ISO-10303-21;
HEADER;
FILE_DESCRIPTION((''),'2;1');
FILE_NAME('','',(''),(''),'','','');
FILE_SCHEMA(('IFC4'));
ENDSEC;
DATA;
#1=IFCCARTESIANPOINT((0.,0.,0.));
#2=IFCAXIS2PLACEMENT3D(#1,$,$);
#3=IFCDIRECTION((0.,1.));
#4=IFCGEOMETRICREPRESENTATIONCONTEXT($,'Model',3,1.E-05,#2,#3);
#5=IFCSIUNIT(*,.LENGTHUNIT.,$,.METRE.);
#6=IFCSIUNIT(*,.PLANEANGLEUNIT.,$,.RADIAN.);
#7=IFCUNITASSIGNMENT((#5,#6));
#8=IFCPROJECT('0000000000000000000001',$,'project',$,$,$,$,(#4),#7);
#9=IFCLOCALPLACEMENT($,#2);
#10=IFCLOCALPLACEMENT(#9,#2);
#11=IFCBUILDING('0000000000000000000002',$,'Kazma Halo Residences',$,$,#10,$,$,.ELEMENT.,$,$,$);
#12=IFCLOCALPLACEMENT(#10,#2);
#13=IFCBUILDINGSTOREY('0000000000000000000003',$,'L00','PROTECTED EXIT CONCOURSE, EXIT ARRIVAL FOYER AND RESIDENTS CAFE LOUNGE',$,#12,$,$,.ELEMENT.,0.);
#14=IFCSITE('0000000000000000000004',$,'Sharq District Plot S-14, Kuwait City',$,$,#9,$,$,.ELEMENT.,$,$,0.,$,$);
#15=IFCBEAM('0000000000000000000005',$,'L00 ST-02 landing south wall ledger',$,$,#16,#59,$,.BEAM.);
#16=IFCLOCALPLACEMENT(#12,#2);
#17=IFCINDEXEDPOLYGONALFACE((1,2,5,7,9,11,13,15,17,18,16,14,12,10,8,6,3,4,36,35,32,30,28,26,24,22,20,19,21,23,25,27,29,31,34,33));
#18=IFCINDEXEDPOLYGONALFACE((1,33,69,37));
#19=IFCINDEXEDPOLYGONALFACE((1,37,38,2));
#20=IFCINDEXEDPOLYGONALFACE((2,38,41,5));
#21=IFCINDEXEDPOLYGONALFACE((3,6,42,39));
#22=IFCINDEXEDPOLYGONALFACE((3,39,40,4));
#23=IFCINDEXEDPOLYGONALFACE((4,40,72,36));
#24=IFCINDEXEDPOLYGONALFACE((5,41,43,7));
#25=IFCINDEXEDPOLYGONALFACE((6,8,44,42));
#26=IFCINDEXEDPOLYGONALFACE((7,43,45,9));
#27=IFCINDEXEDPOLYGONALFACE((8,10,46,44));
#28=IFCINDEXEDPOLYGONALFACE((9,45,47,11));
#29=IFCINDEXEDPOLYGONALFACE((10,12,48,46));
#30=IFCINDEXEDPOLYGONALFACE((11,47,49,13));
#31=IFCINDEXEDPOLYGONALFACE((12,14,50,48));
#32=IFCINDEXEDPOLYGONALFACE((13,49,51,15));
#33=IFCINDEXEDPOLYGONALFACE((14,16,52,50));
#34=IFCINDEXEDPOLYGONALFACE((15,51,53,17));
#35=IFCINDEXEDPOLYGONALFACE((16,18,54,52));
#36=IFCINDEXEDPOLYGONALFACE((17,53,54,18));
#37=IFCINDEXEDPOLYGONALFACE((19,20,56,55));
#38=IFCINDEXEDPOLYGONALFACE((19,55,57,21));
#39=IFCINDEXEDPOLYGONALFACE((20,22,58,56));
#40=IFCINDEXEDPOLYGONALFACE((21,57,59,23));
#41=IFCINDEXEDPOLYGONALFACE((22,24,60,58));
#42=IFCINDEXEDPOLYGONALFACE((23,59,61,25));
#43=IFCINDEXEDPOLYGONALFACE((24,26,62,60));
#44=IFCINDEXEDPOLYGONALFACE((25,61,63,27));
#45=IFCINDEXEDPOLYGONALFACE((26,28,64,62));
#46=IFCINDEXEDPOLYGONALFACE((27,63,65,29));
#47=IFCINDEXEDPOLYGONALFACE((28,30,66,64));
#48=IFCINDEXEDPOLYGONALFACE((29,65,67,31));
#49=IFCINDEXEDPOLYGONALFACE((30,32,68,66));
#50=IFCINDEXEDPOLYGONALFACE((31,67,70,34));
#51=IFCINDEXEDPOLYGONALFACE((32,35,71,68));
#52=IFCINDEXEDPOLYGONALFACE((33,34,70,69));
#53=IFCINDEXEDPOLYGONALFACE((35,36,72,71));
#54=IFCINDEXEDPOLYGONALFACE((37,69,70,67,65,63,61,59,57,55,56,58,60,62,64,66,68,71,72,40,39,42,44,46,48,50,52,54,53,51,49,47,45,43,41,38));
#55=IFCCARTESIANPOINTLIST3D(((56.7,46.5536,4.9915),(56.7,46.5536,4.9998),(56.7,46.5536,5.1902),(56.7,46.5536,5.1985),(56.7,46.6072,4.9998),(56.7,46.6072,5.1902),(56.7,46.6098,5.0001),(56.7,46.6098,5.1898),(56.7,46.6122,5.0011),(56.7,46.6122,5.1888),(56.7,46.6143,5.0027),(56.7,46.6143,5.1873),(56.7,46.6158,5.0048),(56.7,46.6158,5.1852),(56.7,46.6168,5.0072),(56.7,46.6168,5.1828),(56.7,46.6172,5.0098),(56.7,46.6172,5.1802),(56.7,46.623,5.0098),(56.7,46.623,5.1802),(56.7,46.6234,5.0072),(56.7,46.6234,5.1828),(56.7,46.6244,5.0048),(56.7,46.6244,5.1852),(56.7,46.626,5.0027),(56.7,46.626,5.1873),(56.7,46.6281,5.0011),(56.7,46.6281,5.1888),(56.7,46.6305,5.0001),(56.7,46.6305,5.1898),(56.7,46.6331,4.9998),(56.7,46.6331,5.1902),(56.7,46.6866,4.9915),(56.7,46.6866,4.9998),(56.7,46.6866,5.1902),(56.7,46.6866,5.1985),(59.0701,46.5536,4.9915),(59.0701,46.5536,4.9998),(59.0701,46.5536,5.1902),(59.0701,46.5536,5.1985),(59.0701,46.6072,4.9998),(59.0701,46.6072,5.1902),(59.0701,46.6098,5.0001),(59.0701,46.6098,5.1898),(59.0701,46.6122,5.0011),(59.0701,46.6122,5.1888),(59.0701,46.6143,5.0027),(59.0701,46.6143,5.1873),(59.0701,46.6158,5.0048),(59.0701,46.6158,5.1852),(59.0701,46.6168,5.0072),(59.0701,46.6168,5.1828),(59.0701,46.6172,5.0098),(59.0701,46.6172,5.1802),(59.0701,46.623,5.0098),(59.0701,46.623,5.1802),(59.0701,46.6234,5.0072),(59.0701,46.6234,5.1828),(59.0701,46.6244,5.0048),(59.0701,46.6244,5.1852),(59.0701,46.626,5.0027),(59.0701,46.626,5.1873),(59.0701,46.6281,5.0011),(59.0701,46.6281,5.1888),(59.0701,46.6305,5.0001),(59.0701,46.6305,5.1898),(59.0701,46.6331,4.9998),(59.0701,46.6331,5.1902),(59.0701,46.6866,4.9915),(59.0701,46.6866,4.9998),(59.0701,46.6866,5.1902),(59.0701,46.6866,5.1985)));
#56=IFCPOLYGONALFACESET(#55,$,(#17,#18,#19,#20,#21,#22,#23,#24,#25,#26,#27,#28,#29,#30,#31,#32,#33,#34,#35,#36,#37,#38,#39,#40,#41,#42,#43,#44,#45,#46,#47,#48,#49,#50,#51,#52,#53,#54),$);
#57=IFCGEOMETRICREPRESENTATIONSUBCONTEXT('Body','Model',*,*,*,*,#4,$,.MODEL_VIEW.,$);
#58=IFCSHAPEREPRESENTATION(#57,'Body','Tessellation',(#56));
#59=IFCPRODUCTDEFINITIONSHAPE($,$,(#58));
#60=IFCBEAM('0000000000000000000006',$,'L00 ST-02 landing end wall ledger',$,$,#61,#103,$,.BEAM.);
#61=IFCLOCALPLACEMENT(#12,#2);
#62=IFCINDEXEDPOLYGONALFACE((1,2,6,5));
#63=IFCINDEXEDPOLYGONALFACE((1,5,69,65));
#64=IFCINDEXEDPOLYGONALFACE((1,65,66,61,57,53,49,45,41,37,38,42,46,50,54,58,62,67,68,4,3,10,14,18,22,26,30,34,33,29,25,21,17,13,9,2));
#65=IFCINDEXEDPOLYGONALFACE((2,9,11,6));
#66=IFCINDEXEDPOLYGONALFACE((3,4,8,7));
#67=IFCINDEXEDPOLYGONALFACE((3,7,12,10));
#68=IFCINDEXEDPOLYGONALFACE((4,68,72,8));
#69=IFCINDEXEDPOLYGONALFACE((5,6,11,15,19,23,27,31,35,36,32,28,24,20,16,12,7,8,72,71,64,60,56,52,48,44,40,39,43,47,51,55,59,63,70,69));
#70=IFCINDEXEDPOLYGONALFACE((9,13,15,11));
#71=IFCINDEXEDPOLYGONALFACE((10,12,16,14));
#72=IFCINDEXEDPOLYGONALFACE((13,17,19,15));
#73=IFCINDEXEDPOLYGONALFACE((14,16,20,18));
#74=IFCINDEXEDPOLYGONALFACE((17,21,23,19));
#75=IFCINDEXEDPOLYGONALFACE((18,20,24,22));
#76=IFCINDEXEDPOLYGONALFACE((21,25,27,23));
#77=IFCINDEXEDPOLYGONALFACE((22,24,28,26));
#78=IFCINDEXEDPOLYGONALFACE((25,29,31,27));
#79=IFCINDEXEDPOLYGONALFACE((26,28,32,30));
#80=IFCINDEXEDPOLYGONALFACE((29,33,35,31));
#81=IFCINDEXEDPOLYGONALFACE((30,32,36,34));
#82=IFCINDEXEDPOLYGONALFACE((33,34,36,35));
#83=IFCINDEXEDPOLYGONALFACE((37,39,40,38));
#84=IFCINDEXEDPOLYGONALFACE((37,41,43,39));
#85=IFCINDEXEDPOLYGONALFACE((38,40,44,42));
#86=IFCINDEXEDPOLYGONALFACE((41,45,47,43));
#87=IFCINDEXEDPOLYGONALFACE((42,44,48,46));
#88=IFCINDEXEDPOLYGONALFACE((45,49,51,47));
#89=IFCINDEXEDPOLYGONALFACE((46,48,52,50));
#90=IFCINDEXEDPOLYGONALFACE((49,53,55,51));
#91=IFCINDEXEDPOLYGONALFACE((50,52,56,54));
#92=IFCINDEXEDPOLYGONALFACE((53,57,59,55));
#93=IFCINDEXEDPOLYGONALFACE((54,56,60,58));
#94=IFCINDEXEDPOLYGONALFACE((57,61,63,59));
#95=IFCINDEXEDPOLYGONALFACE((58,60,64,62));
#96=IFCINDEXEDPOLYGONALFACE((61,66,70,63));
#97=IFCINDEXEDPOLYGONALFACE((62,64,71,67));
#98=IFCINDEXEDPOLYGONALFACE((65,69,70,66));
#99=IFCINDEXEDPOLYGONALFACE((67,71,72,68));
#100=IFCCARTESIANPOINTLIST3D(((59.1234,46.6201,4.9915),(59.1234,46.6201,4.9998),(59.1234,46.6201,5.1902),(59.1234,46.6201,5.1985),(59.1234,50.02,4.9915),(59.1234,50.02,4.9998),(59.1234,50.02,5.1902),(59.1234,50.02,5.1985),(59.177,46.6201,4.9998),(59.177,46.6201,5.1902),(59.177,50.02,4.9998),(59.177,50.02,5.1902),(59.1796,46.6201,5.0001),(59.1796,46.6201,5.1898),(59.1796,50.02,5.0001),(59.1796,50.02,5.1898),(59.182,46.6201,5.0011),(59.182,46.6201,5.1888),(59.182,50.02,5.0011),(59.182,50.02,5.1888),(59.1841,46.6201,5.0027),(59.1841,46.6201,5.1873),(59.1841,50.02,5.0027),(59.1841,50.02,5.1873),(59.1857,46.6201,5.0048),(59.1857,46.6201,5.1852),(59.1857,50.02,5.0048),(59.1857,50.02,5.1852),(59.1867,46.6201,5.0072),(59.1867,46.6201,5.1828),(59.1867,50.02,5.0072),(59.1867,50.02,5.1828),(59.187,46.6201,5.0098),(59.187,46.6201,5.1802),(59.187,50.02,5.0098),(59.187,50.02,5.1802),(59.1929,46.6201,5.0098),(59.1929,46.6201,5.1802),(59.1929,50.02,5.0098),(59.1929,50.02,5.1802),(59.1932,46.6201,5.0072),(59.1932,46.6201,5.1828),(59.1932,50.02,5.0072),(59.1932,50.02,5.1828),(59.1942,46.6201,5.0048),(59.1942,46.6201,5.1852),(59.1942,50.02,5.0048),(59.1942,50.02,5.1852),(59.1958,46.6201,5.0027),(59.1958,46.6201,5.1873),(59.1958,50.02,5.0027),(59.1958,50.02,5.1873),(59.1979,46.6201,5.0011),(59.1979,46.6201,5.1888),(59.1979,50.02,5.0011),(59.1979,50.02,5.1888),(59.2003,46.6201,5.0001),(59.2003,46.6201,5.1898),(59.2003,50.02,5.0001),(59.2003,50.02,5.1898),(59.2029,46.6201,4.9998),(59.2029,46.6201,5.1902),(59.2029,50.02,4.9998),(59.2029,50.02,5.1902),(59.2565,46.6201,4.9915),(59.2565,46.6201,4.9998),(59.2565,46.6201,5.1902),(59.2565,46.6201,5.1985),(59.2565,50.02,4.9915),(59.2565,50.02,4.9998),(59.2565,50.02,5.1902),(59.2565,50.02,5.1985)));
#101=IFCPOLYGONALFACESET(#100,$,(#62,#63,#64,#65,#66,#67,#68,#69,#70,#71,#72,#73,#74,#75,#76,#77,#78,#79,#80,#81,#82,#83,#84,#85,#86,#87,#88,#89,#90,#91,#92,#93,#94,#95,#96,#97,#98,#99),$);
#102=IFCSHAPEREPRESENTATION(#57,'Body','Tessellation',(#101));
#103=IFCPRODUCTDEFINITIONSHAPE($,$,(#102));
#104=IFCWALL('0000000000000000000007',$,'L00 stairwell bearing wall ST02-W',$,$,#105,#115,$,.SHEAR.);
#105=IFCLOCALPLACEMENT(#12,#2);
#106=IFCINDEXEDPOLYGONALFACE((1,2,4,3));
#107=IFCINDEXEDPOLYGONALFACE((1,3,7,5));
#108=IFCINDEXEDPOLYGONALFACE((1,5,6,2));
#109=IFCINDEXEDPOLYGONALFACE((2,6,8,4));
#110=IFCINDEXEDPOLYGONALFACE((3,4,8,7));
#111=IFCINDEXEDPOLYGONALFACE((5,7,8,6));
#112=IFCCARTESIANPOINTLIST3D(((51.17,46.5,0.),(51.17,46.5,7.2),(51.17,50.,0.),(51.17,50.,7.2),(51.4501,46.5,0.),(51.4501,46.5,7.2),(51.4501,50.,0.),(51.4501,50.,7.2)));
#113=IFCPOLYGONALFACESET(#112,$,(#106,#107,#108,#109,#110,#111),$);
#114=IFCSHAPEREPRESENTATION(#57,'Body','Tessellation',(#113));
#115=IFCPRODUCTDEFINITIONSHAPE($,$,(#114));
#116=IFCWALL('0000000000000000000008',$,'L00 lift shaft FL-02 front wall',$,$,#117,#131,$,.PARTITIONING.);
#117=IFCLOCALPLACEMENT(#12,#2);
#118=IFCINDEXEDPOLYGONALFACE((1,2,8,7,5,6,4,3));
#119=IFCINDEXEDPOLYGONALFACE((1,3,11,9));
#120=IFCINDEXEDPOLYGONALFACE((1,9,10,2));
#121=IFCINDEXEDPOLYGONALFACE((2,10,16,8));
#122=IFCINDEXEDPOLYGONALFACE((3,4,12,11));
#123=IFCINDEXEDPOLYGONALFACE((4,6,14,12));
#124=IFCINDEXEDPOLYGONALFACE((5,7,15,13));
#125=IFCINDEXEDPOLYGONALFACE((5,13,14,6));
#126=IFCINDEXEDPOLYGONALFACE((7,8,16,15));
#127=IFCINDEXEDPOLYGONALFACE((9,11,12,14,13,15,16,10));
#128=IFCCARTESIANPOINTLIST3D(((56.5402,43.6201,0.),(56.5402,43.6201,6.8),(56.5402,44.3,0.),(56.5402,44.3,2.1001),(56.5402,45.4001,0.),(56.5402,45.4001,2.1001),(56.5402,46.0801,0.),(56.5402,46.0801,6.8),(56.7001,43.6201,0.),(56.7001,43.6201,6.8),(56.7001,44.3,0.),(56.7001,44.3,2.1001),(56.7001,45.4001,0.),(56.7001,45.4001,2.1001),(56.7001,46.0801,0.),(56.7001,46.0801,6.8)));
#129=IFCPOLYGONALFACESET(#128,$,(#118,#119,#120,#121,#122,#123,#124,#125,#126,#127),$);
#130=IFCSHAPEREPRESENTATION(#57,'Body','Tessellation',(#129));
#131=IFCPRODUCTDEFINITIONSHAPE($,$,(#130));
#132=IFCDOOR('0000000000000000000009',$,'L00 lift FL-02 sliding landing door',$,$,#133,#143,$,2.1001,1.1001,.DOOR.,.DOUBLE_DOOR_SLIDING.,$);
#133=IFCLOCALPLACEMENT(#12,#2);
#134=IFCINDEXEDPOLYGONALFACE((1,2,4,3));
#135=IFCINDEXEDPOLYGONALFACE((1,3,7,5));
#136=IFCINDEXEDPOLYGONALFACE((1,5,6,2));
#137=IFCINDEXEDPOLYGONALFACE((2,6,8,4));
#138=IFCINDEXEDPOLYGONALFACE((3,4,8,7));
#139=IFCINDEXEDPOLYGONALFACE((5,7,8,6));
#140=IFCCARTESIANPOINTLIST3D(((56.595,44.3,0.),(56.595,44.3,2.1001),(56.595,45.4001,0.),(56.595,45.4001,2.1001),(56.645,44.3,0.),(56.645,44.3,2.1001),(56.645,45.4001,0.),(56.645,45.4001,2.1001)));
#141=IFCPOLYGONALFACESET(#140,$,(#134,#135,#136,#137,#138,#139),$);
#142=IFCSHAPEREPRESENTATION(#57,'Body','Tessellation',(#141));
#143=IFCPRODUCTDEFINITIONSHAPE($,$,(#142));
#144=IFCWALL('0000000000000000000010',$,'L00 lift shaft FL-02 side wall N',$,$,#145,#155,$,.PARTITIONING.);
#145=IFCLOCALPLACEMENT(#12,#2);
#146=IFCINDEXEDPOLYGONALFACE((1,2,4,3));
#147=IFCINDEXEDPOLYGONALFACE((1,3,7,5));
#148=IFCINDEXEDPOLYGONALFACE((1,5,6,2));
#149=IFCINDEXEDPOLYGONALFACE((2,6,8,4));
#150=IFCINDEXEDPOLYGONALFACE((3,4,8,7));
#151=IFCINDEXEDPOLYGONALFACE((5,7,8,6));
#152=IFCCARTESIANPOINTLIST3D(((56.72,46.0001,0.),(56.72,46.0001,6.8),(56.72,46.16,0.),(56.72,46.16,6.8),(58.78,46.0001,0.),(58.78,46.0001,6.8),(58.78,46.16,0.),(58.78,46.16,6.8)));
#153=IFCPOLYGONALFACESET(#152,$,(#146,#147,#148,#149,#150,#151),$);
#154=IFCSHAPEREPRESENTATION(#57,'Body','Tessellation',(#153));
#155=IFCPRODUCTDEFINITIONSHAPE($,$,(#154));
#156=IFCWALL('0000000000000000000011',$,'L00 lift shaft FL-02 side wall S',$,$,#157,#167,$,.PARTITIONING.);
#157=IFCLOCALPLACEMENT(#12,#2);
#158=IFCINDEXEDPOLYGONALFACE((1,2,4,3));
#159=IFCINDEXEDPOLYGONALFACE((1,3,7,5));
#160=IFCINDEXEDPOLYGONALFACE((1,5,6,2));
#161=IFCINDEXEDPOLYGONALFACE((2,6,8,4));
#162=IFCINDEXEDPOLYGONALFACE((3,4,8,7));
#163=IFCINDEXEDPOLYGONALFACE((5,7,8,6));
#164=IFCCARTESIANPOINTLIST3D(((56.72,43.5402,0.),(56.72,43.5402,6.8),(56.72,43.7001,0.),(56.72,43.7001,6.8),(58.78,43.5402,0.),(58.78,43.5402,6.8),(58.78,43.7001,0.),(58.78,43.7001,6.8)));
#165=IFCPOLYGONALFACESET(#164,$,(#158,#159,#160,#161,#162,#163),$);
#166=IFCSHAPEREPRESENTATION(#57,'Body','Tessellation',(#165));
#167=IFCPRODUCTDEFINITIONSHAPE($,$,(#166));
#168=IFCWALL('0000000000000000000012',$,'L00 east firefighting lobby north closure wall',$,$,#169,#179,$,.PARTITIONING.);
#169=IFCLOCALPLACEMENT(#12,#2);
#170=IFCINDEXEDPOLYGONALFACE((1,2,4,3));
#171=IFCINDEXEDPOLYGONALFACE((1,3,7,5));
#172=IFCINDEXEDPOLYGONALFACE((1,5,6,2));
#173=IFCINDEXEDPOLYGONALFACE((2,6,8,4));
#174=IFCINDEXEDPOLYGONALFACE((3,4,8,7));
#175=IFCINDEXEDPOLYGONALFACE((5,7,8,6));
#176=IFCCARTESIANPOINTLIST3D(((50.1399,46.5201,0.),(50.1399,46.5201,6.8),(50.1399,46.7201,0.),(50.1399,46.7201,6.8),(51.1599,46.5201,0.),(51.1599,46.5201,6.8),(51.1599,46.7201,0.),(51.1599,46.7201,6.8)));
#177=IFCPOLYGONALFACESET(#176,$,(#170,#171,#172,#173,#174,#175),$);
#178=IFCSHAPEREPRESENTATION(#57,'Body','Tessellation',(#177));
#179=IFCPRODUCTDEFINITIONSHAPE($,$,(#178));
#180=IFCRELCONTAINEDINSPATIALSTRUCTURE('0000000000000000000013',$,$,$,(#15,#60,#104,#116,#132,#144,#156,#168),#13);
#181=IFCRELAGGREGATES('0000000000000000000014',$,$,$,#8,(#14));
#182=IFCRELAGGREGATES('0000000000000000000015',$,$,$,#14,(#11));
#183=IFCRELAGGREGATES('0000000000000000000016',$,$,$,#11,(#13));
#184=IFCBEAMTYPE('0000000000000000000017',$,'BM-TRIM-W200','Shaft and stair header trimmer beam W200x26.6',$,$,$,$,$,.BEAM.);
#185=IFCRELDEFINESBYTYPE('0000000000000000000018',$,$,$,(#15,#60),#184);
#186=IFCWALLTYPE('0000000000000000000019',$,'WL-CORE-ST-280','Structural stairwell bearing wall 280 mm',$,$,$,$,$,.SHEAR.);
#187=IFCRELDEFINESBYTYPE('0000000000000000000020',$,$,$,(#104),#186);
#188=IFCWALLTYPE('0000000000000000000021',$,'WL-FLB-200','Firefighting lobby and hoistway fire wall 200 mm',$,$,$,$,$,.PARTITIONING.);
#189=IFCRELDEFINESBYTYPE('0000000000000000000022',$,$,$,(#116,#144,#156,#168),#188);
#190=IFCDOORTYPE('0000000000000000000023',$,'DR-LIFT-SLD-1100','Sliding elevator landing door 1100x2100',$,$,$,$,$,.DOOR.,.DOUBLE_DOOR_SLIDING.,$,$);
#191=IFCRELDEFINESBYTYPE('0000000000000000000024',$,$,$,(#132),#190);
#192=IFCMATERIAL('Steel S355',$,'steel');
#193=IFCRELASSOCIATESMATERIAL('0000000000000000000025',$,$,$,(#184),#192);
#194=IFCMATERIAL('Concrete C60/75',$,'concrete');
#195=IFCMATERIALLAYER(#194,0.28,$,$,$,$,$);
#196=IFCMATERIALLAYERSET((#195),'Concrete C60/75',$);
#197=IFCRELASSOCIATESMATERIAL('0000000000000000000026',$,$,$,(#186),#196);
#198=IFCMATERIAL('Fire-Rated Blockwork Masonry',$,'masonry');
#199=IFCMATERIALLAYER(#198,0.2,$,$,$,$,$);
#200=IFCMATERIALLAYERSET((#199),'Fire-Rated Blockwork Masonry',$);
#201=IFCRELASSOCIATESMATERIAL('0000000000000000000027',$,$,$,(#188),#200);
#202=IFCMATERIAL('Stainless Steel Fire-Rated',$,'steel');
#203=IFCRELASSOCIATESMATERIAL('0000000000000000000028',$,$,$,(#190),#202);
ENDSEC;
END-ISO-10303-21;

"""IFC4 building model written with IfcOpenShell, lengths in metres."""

from ifc_helpers import new_model, si_unit, direction, frame, frame_2d, origin, origin_2d, place, context, subcontext, project, spatial, rectangle, i_section, extrude, material, layer, layer_set, material_profile, profile_set, type_object, element, fill, save


model = new_model("IFC4")

# Units and contexts
model_context = context("Model", 3, precision=1e-05, world=origin(), true_north=direction((0.0, 1.0)))
body_context = subcontext(model_context, "Body", "Model", "MODEL_VIEW")
ifc_project = project(units=[si_unit("LENGTHUNIT", "METRE"), si_unit("PLANEANGLEUNIT", "RADIAN")], contexts=[model_context])

# Site, building, storey
site_placement = place(None, origin())
site = spatial("IfcSite", under=ifc_project, at=site_placement, Name="Sharq District Plot S-14, Kuwait City", CompositionType="ELEMENT", RefElevation=0.0)
building_placement = place(site_placement, origin())
building = spatial("IfcBuilding", under=site, at=building_placement, Name="Kazma Halo Residences", CompositionType="ELEMENT")
storey_placement = place(building_placement, origin())
storey = spatial("IfcBuildingStorey", under=building, at=storey_placement, Name="L00", Description="PROTECTED EXIT CONCOURSE, EXIT ARRIVAL FOYER AND RESIDENTS CAFE LOUNGE", CompositionType="ELEMENT", Elevation=0.0)

# Shared definitions
ifc_material_1 = material(Name="Steel S355", Category="steel")

# Beams
ifc_material_profile_1 = material_profile(ifc_material_1, i_section(OverallWidth=0.1331, OverallDepth=0.207, WebThickness=0.0059, FlangeThickness=0.0083, FilletRadius=0.01, at=origin_2d()), Name="W200x26.6")
ifc_profile_set_1 = profile_set([ifc_material_profile_1], Name="Steel S355")
beam_type = type_object("IfcBeamType", Name="BM-TRIM-W200", Description="Shaft and stair header trimmer beam W200x26.6", PredefinedType="BEAM", material=ifc_profile_set_1)
beam_1_placement = place(storey_placement, frame((56.7, 46.6201, 5.095), z_axis=(1.0, 0.0, 0.0), x_axis=(0.0, 1.0, 0.0)))
element("IfcBeam", 1, at=beam_1_placement, inside=storey, type_object=beam_type, Name="L00 ST-02 landing south wall ledger", PredefinedType="BEAM", context=body_context, shape_type="SweptSolid", body=[
    extrude(i_section(OverallWidth=0.1331, OverallDepth=0.207, WebThickness=0.0059, FlangeThickness=0.0083, FilletRadius=0.01, at=origin_2d()), origin(), (0.0, 0.0, 1.0), 2.3701),
])
beam_2_placement = place(storey_placement, frame((59.1899, 46.6201, 5.095), z_axis=(0.0, 1.0, 0.0), x_axis=(-1.0, 0.0, 0.0)))
element("IfcBeam", 2, at=beam_2_placement, inside=storey, type_object=beam_type, Name="L00 ST-02 landing end wall ledger", PredefinedType="BEAM", context=body_context, shape_type="SweptSolid", body=[
    extrude(i_section(OverallWidth=0.1331, OverallDepth=0.207, WebThickness=0.0059, FlangeThickness=0.0083, FilletRadius=0.01, at=origin_2d()), origin(), (0.0, 0.0, 1.0), 3.3999),
])

# Wall
ifc_material_2 = material(Name="Concrete C60/75", Category="concrete")
ifc_layer_1 = layer(ifc_material_2, 0.28)
ifc_layer_set_1 = layer_set([ifc_layer_1], Name="Concrete C60/75")
wall_type_1 = type_object("IfcWallType", Name="WL-CORE-ST-280", Description="Structural stairwell bearing wall 280 mm", PredefinedType="SHEAR", material=ifc_layer_set_1)
wall_1_placement = place(storey_placement, frame((51.3101, 46.5, 0.0), z_axis=(0.0, 0.0, 1.0), x_axis=(0.0, 1.0, 0.0)))
element("IfcWall", 3, at=wall_1_placement, inside=storey, type_object=wall_type_1, Name="L00 stairwell bearing wall ST02-W", PredefinedType="SHEAR", context=body_context, shape_type="SweptSolid", body=[
    extrude(rectangle(XDim=3.5, YDim=0.28, at=frame_2d((1.75, 0.0))), origin(), (0.0, 0.0, 1.0), 7.2),
])

# Wall, opening, door
ifc_material_3 = material(Name="Fire-Rated Blockwork Masonry", Category="masonry")
ifc_layer_2 = layer(ifc_material_3, 0.2)
ifc_layer_set_2 = layer_set([ifc_layer_2], Name="Fire-Rated Blockwork Masonry")
wall_type_2 = type_object("IfcWallType", Name="WL-FLB-200", Description="Firefighting lobby and hoistway fire wall 200 mm", PredefinedType="PARTITIONING", material=ifc_layer_set_2)
wall_2_placement = place(storey_placement, frame((56.6201, 46.0801, 0.0), z_axis=(0.0, 0.0, 1.0), x_axis=(0.0, -1.0, 0.0)))
wall_2 = element("IfcWall", 4, at=wall_2_placement, inside=storey, type_object=wall_type_2, Name="L00 lift shaft FL-02 front wall", PredefinedType="PARTITIONING", context=body_context, shape_type="SweptSolid", body=[
    extrude(rectangle(XDim=2.46, YDim=0.1599, at=frame_2d((1.23, 0.0))), origin(), (0.0, 0.0, 1.0), 6.8),
])
opening_1_placement = place(wall_2_placement, frame((0.6799, 0.0, 0.0)))
opening_1 = element("IfcOpeningElement", 5, at=opening_1_placement, cuts=wall_2, PredefinedType="OPENING", context=body_context, shape_type="SweptSolid", body=[
    extrude(rectangle(XDim=1.1001, YDim=2.1001, at=frame_2d((0.55, 1.05))), frame((0.0, 0.0898, 0.0), z_axis=(0.0, -1.0, 0.0), x_axis=(1.0, 0.0, 0.0)), (0.0, 0.0, 1.0), 0.1799),
])
ifc_material_4 = material(Name="Stainless Steel Fire-Rated", Category="steel")
door_type_1 = type_object("IfcDoorType", Name="DR-LIFT-SLD-1100", Description="Sliding elevator landing door 1100x2100", OperationType="DOUBLE_DOOR_SLIDING", PredefinedType="DOOR", material=ifc_material_4)
door_1_placement = place(opening_1_placement, origin())
door_1 = element("IfcDoor", 6, at=door_1_placement, inside=storey, type_object=door_type_1, Name="L00 lift FL-02 sliding landing door", OperationType="DOUBLE_DOOR_SLIDING", OverallHeight=2.1001, OverallWidth=1.1001, PredefinedType="DOOR", context=body_context, shape_type="SweptSolid", body=[
    extrude(rectangle(XDim=1.1001, YDim=2.1001, at=frame_2d((0.55, 1.05))), frame((0.0, 0.0249, 0.0), z_axis=(0.0, -1.0, 0.0), x_axis=(1.0, 0.0, 0.0)), (0.0, 0.0, 1.0), 0.05),
])
fill(opening_1, door_1)

# Walls
for number, where, z_axis, x_axis, name in (
    (7, (56.72, 46.0801, 0.0), (0.0, 0.0, 1.0), (1.0, 0.0, 0.0), "L00 lift shaft FL-02 side wall N"),
    (8, (56.72, 43.6201, 0.0), (0.0, 0.0, 1.0), (1.0, 0.0, 0.0), "L00 lift shaft FL-02 side wall S"),
):
    element("IfcWall", number, at=place(storey_placement, frame(where, z_axis=z_axis, x_axis=x_axis)), inside=storey, type_object=wall_type_2, Name=name, PredefinedType="PARTITIONING", context=body_context, shape_type="SweptSolid", body=[
        extrude(rectangle(XDim=2.0601, YDim=0.1599, at=frame_2d((1.03, 0.0))), origin(), (0.0, 0.0, 1.0), 6.8),
    ])
wall_3_placement = place(storey_placement, frame((50.1399, 46.6201, 0.0), z_axis=(0.0, 0.0, 1.0), x_axis=(1.0, 0.0, 0.0)))
element("IfcWall", 9, at=wall_3_placement, inside=storey, type_object=wall_type_2, Name="L00 east firefighting lobby north closure wall", PredefinedType="PARTITIONING", context=body_context, shape_type="SweptSolid", body=[
    extrude(rectangle(XDim=1.02, YDim=0.2, at=frame_2d((0.51, 0.0))), origin(), (0.0, 0.0, 1.0), 6.8),
])

save(model, "model.ifc")
